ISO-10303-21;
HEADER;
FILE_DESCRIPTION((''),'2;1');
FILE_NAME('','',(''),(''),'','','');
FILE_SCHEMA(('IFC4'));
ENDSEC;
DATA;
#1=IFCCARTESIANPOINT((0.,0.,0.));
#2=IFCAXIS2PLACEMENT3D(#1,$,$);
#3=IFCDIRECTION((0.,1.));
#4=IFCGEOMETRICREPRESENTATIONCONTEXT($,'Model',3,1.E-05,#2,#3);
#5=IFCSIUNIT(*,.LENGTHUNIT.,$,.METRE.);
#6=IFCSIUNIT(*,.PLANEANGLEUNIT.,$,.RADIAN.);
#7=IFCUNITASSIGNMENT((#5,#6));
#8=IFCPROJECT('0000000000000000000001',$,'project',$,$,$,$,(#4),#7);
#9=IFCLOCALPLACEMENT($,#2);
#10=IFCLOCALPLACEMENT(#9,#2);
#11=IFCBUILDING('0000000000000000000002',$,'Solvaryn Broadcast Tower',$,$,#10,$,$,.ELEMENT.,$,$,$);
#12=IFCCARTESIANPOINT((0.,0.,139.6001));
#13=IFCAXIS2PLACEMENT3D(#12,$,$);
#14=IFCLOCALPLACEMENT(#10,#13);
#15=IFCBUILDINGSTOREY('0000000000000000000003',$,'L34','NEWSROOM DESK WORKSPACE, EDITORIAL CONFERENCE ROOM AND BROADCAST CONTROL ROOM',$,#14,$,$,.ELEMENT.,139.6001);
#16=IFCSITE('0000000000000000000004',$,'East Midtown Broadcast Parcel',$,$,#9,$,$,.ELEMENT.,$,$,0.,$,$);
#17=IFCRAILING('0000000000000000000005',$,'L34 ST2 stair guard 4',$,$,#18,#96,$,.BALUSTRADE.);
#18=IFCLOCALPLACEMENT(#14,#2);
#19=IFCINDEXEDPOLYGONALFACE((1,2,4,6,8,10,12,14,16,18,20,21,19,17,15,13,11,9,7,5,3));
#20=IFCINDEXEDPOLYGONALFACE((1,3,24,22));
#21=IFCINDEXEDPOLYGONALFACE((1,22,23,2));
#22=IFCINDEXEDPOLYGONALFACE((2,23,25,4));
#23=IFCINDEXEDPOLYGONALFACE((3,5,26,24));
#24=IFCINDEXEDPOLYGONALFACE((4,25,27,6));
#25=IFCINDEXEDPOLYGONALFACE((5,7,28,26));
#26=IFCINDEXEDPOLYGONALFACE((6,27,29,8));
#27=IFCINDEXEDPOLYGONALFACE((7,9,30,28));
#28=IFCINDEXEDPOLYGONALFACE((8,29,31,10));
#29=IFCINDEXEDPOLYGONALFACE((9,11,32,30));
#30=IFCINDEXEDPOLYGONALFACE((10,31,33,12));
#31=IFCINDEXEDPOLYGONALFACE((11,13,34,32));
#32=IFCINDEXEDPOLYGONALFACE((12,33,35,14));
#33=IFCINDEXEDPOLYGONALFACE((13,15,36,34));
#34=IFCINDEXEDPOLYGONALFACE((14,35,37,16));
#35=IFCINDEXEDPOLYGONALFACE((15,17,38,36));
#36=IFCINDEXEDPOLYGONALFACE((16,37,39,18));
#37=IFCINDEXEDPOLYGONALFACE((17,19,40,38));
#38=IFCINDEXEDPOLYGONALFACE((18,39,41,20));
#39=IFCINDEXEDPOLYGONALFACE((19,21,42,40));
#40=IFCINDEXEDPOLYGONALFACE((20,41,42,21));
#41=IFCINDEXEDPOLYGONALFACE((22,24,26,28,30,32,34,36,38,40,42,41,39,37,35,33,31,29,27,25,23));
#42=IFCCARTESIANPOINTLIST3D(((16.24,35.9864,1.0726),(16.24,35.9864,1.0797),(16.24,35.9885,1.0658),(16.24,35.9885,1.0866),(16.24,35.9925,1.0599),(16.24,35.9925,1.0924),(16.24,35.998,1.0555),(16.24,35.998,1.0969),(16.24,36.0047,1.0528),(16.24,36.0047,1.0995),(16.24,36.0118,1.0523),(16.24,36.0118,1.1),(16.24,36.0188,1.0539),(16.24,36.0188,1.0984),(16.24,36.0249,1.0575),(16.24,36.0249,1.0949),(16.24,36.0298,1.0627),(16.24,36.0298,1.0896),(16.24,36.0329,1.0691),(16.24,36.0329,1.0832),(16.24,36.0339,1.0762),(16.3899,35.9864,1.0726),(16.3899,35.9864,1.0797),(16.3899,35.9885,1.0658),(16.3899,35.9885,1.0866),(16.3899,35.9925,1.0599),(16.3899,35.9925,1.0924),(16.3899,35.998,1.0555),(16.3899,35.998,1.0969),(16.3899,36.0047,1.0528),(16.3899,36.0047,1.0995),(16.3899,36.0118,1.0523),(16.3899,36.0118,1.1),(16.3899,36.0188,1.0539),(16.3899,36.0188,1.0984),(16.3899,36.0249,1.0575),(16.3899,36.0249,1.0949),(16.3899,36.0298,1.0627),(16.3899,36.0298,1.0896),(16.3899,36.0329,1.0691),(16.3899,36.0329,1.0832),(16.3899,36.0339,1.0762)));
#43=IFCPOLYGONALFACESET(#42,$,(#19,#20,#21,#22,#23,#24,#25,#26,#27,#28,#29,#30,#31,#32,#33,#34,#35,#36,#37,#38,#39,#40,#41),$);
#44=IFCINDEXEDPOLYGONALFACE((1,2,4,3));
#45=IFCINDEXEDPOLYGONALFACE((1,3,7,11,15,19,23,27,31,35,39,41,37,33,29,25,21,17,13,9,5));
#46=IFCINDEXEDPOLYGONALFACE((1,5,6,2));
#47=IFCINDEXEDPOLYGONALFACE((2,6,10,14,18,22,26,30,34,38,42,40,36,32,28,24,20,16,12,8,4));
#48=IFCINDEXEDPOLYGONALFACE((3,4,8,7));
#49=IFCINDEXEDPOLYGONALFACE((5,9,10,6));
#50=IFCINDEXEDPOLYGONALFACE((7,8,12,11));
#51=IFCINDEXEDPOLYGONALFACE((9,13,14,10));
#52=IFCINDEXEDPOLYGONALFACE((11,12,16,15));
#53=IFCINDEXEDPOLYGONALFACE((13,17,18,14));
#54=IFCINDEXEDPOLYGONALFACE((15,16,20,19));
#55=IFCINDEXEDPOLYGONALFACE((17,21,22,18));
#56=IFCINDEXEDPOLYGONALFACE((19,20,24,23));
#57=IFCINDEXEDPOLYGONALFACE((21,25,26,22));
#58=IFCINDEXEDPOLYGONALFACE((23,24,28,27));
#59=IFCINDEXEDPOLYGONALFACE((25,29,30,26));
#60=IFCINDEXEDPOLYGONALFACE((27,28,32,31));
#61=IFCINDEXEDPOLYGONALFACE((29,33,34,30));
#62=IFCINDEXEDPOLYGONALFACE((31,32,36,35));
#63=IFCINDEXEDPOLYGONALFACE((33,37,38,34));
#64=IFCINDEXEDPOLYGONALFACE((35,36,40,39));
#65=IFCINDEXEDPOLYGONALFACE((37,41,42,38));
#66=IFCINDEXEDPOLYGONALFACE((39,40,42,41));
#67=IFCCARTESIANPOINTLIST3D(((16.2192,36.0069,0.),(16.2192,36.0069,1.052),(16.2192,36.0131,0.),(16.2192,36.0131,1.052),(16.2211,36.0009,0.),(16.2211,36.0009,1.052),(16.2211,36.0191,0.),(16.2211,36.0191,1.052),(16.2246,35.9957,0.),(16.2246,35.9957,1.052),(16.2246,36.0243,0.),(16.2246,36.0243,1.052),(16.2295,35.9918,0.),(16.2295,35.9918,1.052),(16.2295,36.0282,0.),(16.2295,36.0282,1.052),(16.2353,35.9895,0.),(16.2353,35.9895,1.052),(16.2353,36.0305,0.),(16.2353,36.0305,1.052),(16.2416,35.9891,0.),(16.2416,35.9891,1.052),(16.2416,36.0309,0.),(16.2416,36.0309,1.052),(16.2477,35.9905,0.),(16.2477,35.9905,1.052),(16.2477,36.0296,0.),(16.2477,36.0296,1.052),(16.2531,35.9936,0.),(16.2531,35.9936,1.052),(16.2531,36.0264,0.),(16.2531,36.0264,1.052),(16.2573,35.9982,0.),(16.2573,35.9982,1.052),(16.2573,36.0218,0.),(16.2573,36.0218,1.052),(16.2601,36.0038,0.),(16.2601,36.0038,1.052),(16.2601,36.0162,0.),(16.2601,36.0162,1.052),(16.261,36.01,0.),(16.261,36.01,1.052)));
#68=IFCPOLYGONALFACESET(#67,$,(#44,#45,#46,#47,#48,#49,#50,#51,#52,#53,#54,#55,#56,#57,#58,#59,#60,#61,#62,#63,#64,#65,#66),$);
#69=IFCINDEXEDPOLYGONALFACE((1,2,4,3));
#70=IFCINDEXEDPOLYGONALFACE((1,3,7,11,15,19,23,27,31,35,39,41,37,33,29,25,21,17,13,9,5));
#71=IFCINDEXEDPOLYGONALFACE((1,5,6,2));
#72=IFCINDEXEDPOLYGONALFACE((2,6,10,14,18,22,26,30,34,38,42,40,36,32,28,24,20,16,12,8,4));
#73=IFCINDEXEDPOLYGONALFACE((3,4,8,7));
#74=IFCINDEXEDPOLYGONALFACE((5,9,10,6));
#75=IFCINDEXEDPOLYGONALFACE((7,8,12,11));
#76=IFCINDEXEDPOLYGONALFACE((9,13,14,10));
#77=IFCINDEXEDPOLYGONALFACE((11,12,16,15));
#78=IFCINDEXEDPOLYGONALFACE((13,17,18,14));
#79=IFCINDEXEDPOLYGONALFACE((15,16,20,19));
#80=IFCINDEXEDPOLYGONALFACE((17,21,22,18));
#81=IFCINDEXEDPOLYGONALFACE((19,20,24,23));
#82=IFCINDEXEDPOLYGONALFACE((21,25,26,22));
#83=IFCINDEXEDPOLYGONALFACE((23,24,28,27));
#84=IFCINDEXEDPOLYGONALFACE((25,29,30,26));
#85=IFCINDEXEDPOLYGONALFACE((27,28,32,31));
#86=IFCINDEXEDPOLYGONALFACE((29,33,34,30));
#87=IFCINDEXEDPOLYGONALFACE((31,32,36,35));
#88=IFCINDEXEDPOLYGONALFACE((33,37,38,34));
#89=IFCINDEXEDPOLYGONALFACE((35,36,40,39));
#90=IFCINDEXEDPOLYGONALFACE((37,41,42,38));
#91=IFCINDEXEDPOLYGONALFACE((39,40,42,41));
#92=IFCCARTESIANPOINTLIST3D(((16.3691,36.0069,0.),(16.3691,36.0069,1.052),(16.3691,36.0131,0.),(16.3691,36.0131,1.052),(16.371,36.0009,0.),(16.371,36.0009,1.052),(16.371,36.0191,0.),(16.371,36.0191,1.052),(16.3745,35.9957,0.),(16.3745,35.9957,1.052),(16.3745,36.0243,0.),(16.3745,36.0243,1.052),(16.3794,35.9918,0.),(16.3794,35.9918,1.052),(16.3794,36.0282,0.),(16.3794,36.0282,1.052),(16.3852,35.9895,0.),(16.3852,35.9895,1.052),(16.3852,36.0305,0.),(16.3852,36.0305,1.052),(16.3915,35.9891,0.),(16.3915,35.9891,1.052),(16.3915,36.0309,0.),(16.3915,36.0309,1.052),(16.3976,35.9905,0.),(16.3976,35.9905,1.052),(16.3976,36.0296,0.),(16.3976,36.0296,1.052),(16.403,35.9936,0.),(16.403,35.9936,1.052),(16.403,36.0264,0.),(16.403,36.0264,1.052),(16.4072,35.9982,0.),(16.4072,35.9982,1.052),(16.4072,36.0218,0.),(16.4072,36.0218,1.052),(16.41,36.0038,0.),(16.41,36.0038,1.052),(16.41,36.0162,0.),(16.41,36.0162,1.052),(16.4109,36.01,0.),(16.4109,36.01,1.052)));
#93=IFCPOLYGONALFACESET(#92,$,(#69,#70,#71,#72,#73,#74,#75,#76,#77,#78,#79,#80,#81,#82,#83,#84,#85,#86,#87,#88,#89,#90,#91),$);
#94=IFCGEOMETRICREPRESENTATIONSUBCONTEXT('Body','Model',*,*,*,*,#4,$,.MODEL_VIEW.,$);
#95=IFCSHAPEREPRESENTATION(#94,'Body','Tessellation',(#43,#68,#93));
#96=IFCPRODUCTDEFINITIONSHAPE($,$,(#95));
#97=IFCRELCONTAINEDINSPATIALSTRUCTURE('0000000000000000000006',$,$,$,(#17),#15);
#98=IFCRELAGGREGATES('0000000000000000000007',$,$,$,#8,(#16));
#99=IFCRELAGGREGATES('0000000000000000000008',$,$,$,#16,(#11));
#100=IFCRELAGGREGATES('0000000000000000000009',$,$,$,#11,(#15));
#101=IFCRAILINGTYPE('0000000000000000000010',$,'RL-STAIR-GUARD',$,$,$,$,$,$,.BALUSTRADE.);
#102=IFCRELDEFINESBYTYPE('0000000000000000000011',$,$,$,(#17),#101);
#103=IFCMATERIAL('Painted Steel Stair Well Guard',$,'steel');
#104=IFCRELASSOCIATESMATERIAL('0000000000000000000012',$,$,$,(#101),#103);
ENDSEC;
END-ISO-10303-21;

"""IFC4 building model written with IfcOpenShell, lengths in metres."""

from ifc_helpers import new_model, si_unit, direction, frame, origin, origin_2d, place, context, subcontext, project, spatial, circle, extrude, material, type_object, element, save


model = new_model("IFC4")

# Units and contexts
model_context = context("Model", 3, precision=1e-05, world=origin(), true_north=direction((0.0, 1.0)))
body_context = subcontext(model_context, "Body", "Model", "MODEL_VIEW")
ifc_project = project(units=[si_unit("LENGTHUNIT", "METRE"), si_unit("PLANEANGLEUNIT", "RADIAN")], contexts=[model_context])

# Site, building, storey
site_placement = place(None, origin())
site = spatial("IfcSite", under=ifc_project, at=site_placement, Name="East Midtown Broadcast Parcel", CompositionType="ELEMENT", RefElevation=0.0)
building_placement = place(site_placement, origin())
building = spatial("IfcBuilding", under=site, at=building_placement, Name="Solvaryn Broadcast Tower", CompositionType="ELEMENT")
storey_placement = place(building_placement, frame((0.0, 0.0, 139.6001)))
storey = spatial("IfcBuildingStorey", under=building, at=storey_placement, Name="L34", Description="NEWSROOM DESK WORKSPACE, EDITORIAL CONFERENCE ROOM AND BROADCAST CONTROL ROOM", CompositionType="ELEMENT", Elevation=139.6001)

# Railing
ifc_material_1 = material(Name="Painted Steel Stair Well Guard", Category="steel")
railing_type_1 = type_object("IfcRailingType", Name="RL-STAIR-GUARD", PredefinedType="BALUSTRADE", material=ifc_material_1)
railing_1_placement = place(storey_placement, frame((16.24, 36.01, 0.0)))
element("IfcRailing", 1, at=railing_1_placement, inside=storey, type_object=railing_type_1, Name="L34 ST2 stair guard 4", PredefinedType="BALUSTRADE", context=body_context, shape_type="SweptSolid", body=[
    extrude(circle(Radius=0.0239, at=origin_2d()), frame((0.0, 0.0, 1.0762), z_axis=(1.0, 0.0, 0.0), x_axis=(0.0, 1.0, 0.0)), (0.0, 0.0, 1.0), 0.1499),
    extrude(circle(Radius=0.021, at=origin_2d()), origin(), (0.0, 0.0, 1.0), 1.052),
    extrude(circle(Radius=0.021, at=origin_2d()), frame((0.1499, 0.0, 0.0)), (0.0, 0.0, 1.0), 1.052),
])

save(model, "model.ifc")
